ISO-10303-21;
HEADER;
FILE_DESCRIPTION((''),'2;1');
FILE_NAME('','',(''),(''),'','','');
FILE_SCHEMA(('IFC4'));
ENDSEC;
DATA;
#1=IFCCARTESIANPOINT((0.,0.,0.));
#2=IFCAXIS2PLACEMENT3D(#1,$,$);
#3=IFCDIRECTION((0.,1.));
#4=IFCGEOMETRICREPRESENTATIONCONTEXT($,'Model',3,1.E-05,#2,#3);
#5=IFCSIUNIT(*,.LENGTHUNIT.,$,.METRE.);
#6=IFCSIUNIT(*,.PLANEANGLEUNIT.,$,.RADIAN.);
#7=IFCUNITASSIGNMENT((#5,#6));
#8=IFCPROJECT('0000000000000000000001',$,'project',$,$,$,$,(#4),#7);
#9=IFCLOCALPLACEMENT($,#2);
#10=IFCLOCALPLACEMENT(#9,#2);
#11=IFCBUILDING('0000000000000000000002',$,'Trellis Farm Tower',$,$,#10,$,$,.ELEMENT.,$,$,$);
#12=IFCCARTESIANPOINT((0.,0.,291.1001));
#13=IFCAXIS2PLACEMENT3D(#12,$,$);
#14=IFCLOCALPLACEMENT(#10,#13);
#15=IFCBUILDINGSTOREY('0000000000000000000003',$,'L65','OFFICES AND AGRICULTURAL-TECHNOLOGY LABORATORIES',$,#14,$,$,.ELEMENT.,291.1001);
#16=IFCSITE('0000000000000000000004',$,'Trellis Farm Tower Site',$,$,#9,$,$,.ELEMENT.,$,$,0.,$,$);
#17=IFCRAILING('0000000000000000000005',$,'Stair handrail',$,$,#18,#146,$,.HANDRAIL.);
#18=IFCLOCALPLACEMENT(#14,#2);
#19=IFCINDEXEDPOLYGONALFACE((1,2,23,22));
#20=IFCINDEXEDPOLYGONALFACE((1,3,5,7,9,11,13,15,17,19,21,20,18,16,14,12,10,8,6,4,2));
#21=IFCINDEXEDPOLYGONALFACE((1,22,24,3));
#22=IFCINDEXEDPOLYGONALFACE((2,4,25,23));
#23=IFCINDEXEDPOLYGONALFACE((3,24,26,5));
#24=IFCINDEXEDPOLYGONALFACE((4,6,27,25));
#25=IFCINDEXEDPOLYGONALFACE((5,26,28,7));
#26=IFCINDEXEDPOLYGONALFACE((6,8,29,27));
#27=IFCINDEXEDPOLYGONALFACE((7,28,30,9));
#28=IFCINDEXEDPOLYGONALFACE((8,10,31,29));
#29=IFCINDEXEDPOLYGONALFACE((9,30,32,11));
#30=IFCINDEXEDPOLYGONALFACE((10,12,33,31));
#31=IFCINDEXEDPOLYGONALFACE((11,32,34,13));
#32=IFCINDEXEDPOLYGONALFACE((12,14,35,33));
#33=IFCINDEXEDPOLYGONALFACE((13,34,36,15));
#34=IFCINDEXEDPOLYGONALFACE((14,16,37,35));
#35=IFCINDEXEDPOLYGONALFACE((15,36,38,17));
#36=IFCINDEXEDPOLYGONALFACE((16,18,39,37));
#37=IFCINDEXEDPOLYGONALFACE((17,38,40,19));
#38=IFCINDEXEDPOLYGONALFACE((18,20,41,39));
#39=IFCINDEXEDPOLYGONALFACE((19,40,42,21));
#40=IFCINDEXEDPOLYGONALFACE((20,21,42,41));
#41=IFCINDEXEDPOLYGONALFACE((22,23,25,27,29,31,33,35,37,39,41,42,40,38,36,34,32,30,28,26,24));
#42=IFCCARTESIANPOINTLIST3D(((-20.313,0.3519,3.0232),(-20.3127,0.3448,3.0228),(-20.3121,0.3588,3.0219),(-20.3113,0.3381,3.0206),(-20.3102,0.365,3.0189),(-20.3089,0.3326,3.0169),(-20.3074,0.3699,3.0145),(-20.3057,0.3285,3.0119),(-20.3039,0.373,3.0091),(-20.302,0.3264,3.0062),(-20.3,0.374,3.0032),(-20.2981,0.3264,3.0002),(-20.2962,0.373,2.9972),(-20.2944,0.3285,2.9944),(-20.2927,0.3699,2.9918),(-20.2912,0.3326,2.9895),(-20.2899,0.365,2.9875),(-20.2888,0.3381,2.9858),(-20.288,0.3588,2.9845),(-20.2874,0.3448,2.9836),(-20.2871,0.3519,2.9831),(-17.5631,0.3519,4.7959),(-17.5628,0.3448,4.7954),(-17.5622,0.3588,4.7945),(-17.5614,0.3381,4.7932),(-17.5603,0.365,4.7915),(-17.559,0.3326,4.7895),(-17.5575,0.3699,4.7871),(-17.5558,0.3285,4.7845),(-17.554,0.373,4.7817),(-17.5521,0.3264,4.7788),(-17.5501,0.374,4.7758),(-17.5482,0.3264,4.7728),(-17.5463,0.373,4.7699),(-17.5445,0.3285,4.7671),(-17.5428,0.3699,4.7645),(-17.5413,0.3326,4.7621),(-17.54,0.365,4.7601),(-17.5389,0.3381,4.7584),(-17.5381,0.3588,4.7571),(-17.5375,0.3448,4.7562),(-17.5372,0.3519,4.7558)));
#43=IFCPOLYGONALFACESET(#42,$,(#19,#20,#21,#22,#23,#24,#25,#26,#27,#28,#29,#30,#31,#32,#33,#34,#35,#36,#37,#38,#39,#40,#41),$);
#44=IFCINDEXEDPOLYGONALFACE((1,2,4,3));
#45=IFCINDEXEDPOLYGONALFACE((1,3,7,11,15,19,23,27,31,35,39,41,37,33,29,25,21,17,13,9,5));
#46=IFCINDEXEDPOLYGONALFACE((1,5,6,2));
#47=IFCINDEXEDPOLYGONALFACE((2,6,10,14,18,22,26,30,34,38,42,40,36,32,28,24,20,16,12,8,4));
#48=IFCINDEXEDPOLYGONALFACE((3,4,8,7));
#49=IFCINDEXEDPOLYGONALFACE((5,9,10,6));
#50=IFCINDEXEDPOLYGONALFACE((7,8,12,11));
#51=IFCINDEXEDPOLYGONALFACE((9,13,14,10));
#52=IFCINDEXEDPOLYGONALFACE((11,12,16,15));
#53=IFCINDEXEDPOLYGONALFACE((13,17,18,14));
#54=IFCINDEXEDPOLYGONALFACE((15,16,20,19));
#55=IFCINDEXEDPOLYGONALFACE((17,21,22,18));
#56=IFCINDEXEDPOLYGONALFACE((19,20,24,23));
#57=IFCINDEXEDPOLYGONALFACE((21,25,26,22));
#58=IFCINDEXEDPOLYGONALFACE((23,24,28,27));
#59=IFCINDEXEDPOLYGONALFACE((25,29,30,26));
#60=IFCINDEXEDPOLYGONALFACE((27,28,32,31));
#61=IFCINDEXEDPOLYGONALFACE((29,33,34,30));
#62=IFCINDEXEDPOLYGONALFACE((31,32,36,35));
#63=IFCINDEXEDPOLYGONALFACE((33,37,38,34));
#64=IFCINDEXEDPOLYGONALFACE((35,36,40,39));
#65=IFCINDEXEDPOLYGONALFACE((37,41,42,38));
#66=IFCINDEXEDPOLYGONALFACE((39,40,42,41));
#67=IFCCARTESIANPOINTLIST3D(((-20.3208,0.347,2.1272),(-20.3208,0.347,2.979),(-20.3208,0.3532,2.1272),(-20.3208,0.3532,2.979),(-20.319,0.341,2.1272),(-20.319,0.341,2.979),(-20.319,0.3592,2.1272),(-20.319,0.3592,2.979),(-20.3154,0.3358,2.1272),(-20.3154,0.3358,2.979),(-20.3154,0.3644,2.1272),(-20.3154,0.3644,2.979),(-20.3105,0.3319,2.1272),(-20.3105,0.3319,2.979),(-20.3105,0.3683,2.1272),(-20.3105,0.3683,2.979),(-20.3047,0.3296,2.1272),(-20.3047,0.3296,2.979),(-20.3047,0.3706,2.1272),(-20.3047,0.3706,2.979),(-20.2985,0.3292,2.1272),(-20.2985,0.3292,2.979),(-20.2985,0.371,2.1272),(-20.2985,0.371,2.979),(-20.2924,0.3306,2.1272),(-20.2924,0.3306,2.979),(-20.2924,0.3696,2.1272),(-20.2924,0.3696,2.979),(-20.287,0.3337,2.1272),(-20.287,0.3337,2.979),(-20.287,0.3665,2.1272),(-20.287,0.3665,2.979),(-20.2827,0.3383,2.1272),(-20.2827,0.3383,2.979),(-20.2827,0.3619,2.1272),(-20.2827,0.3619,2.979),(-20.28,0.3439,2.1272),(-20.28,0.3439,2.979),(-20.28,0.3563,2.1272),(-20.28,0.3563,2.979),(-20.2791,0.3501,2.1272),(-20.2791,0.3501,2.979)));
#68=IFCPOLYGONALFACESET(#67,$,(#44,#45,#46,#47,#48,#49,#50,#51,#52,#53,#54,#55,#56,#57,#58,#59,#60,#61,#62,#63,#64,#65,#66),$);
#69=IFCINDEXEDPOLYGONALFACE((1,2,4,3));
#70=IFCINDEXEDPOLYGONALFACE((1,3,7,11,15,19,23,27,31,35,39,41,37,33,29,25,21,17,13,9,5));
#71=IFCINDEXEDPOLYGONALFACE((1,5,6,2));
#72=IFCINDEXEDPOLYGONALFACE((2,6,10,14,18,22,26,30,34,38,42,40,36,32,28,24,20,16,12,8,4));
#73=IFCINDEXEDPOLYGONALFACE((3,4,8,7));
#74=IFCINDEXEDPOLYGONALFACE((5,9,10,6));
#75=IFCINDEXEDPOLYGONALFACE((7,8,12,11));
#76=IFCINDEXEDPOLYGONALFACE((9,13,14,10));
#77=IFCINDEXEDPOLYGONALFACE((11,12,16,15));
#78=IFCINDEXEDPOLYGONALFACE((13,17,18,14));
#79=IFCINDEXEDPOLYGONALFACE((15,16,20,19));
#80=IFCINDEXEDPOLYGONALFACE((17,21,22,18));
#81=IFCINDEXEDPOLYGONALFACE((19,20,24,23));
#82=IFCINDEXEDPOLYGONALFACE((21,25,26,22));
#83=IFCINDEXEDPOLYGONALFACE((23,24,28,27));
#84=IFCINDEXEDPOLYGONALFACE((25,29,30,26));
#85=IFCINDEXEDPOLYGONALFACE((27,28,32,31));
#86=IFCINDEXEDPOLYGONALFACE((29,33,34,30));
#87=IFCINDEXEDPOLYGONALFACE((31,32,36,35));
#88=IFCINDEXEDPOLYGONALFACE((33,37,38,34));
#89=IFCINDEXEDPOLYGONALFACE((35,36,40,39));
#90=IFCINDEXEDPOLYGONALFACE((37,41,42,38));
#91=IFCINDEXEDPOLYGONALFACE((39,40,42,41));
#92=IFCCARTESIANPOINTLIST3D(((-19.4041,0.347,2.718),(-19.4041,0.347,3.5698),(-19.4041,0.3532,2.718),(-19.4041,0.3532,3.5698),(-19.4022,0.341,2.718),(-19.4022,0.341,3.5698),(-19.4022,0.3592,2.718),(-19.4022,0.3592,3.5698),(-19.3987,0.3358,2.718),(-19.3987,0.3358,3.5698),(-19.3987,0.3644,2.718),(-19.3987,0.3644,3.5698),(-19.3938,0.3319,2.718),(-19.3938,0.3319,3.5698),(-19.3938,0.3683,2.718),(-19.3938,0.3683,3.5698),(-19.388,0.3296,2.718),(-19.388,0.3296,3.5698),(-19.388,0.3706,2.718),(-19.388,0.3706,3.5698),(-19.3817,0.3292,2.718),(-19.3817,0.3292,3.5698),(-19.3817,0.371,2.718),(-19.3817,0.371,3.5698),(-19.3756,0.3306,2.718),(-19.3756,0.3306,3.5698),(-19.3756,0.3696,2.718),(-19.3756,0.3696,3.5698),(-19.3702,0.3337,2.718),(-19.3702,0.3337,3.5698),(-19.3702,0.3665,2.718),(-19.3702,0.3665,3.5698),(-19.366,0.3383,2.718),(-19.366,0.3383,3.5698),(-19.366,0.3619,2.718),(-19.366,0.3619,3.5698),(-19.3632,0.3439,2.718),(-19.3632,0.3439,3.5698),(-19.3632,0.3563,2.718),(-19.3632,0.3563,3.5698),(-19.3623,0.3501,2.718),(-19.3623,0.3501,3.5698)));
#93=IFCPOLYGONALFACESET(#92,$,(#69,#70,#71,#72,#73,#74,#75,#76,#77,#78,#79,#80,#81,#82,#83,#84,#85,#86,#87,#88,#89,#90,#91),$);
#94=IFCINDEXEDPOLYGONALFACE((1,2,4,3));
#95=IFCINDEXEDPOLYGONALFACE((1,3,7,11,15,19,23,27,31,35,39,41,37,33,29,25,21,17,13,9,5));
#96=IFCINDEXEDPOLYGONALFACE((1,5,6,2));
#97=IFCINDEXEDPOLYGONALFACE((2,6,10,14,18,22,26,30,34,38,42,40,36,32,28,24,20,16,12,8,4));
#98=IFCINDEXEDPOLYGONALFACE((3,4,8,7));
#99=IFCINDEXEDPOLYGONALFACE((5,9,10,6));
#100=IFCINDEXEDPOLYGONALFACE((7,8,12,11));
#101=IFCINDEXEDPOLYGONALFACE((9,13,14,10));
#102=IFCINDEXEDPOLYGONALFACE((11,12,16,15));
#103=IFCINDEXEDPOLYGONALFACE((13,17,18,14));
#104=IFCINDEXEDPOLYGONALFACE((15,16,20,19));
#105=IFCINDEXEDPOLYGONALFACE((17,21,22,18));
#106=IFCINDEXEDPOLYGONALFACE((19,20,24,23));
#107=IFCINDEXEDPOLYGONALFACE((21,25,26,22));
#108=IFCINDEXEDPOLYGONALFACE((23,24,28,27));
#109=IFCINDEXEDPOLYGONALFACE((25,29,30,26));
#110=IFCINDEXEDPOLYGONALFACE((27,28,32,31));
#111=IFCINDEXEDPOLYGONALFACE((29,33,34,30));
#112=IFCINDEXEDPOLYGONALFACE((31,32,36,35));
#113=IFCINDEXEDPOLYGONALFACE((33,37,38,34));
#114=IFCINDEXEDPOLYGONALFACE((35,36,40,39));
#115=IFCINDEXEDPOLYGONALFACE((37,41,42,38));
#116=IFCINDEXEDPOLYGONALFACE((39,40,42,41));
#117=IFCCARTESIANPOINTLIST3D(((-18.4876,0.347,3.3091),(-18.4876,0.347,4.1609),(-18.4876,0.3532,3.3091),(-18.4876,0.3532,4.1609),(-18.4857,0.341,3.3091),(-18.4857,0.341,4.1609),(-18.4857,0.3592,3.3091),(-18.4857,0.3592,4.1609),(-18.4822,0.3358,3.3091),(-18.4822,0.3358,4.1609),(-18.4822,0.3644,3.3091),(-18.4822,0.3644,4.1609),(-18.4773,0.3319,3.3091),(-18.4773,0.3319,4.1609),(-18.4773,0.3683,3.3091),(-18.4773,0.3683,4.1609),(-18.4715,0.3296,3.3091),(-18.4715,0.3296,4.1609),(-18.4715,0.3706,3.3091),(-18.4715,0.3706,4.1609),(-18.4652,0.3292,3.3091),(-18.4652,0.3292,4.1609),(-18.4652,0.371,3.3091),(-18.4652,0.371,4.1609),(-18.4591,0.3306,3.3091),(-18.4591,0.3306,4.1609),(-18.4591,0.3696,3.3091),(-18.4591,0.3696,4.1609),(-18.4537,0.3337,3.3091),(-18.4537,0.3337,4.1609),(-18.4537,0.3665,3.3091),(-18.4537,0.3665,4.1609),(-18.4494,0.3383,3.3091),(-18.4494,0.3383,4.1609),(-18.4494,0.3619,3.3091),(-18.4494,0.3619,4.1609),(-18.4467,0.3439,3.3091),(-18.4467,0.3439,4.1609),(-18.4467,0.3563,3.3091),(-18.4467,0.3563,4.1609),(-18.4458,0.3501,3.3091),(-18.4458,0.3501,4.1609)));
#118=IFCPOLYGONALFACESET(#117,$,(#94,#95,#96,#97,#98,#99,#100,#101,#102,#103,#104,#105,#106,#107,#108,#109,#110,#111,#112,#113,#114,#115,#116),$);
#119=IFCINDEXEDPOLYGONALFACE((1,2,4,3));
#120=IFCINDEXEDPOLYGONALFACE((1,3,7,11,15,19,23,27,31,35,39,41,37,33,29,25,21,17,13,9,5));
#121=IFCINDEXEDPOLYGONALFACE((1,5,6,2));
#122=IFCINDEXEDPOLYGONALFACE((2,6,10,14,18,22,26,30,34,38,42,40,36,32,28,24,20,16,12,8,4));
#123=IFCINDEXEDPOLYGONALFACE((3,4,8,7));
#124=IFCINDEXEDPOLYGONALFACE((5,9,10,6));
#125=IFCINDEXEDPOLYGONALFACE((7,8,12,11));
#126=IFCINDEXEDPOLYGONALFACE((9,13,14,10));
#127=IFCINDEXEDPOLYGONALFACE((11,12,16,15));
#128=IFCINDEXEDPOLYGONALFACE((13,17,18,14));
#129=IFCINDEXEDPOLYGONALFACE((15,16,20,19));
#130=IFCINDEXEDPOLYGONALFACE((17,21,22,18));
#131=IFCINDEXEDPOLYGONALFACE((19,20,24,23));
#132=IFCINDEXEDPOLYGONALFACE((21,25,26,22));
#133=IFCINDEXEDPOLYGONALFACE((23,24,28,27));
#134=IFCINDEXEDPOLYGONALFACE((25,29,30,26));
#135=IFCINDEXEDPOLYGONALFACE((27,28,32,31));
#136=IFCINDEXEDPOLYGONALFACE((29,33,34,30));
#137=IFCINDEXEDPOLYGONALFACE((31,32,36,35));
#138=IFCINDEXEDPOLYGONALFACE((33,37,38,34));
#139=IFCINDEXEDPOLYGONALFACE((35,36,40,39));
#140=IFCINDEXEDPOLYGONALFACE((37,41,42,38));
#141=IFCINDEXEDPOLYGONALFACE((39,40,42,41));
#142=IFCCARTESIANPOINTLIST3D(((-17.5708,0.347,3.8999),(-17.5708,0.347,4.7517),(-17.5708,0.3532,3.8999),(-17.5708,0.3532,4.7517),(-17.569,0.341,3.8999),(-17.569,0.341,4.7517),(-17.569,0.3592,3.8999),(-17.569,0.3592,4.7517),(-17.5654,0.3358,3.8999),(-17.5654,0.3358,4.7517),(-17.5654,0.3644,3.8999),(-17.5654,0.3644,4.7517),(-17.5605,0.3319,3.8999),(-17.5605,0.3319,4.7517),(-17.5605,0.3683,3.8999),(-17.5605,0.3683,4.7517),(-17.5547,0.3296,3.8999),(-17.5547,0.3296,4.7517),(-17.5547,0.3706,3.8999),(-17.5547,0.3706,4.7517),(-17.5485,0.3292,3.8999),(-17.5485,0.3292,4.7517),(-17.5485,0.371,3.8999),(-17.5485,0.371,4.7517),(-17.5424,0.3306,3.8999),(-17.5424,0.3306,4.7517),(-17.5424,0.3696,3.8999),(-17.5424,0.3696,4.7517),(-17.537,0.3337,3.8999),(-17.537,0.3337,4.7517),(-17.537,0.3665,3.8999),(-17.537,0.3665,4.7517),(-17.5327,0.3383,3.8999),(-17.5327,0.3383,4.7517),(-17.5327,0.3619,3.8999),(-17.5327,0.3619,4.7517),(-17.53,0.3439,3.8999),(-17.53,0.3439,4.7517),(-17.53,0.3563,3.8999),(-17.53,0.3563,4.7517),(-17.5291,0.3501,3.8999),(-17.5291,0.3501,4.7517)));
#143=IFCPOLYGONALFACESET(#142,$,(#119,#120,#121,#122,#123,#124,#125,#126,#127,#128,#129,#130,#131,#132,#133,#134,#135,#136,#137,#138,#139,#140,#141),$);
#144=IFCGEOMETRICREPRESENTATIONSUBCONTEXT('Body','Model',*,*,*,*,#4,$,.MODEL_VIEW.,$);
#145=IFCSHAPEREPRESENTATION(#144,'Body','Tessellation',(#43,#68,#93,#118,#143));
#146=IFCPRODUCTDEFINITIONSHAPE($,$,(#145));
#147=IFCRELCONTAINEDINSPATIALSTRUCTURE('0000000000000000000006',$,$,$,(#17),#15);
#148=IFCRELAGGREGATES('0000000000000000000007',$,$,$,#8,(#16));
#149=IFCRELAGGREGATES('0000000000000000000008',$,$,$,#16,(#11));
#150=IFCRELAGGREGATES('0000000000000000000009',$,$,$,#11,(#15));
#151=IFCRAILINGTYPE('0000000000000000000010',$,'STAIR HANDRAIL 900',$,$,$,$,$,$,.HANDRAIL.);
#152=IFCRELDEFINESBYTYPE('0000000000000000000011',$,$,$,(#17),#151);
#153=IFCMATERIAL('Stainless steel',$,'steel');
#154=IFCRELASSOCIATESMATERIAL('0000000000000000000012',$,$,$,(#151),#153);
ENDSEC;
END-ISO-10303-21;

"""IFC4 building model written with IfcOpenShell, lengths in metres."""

from ifc_helpers import new_model, si_unit, direction, frame, origin, origin_2d, place, context, subcontext, project, spatial, circle, extrude, source, transform, mapped, material, type_object, element, save


model = new_model("IFC4")

# Units and contexts
model_context = context("Model", 3, precision=1e-05, world=origin(), true_north=direction((0.0, 1.0)))
body_context = subcontext(model_context, "Body", "Model", "MODEL_VIEW")
ifc_project = project(units=[si_unit("LENGTHUNIT", "METRE"), si_unit("PLANEANGLEUNIT", "RADIAN")], contexts=[model_context])

# Site, building, storey
site_placement = place(None, origin())
site = spatial("IfcSite", under=ifc_project, at=site_placement, Name="Trellis Farm Tower Site", CompositionType="ELEMENT", RefElevation=0.0)
building_placement = place(site_placement, origin())
building = spatial("IfcBuilding", under=site, at=building_placement, Name="Trellis Farm Tower", CompositionType="ELEMENT")
storey_placement = place(building_placement, frame((0.0, 0.0, 291.1001)))
storey = spatial("IfcBuildingStorey", under=building, at=storey_placement, Name="L65", Description="OFFICES AND AGRICULTURAL-TECHNOLOGY LABORATORIES", CompositionType="ELEMENT", Elevation=291.1001)

# Railing
ifc_material_1 = material(Name="Stainless steel", Category="steel")
railing_type = type_object("IfcRailingType", Name="STAIR HANDRAIL 900", PredefinedType="HANDRAIL", material=ifc_material_1)
shared_shape_1 = source(origin(), body_context, "Body", "SweptSolid", [
    extrude(circle(Radius=0.0239, at=origin_2d()), frame((0.0, 0.0, 0.876), z_axis=(0.840504, 0.0, 0.541806), x_axis=(0.0, 1.0, 0.0)), (0.0, 0.0, 1.0), 3.2717),
    extrude(circle(Radius=0.021, at=origin_2d()), origin(), (0.0, 0.0, 1.0), 0.8518),
    extrude(circle(Radius=0.021, at=origin_2d()), frame((0.9167, 0.0, 0.5908)), (0.0, 0.0, 1.0), 0.8518),
    extrude(circle(Radius=0.021, at=origin_2d()), frame((1.8333, 0.0, 1.1819)), (0.0, 0.0, 1.0), 0.8518),
    extrude(circle(Radius=0.021, at=origin_2d()), frame((2.75, 0.0, 1.7727)), (0.0, 0.0, 1.0), 0.8518),
])
for number, where, name in (
    (1, (-20.3, 0.3501, 2.1272), "Stair handrail"),
):
    element("IfcRailing", number, at=place(storey_placement, frame(where)), inside=storey, type_object=railing_type, Name=name, PredefinedType="HANDRAIL", context=body_context, shape_type="MappedRepresentation", body=[
        mapped(shared_shape_1, transform((0.0, 0.0, 0.0))),
    ])

save(model, "model.ifc")
